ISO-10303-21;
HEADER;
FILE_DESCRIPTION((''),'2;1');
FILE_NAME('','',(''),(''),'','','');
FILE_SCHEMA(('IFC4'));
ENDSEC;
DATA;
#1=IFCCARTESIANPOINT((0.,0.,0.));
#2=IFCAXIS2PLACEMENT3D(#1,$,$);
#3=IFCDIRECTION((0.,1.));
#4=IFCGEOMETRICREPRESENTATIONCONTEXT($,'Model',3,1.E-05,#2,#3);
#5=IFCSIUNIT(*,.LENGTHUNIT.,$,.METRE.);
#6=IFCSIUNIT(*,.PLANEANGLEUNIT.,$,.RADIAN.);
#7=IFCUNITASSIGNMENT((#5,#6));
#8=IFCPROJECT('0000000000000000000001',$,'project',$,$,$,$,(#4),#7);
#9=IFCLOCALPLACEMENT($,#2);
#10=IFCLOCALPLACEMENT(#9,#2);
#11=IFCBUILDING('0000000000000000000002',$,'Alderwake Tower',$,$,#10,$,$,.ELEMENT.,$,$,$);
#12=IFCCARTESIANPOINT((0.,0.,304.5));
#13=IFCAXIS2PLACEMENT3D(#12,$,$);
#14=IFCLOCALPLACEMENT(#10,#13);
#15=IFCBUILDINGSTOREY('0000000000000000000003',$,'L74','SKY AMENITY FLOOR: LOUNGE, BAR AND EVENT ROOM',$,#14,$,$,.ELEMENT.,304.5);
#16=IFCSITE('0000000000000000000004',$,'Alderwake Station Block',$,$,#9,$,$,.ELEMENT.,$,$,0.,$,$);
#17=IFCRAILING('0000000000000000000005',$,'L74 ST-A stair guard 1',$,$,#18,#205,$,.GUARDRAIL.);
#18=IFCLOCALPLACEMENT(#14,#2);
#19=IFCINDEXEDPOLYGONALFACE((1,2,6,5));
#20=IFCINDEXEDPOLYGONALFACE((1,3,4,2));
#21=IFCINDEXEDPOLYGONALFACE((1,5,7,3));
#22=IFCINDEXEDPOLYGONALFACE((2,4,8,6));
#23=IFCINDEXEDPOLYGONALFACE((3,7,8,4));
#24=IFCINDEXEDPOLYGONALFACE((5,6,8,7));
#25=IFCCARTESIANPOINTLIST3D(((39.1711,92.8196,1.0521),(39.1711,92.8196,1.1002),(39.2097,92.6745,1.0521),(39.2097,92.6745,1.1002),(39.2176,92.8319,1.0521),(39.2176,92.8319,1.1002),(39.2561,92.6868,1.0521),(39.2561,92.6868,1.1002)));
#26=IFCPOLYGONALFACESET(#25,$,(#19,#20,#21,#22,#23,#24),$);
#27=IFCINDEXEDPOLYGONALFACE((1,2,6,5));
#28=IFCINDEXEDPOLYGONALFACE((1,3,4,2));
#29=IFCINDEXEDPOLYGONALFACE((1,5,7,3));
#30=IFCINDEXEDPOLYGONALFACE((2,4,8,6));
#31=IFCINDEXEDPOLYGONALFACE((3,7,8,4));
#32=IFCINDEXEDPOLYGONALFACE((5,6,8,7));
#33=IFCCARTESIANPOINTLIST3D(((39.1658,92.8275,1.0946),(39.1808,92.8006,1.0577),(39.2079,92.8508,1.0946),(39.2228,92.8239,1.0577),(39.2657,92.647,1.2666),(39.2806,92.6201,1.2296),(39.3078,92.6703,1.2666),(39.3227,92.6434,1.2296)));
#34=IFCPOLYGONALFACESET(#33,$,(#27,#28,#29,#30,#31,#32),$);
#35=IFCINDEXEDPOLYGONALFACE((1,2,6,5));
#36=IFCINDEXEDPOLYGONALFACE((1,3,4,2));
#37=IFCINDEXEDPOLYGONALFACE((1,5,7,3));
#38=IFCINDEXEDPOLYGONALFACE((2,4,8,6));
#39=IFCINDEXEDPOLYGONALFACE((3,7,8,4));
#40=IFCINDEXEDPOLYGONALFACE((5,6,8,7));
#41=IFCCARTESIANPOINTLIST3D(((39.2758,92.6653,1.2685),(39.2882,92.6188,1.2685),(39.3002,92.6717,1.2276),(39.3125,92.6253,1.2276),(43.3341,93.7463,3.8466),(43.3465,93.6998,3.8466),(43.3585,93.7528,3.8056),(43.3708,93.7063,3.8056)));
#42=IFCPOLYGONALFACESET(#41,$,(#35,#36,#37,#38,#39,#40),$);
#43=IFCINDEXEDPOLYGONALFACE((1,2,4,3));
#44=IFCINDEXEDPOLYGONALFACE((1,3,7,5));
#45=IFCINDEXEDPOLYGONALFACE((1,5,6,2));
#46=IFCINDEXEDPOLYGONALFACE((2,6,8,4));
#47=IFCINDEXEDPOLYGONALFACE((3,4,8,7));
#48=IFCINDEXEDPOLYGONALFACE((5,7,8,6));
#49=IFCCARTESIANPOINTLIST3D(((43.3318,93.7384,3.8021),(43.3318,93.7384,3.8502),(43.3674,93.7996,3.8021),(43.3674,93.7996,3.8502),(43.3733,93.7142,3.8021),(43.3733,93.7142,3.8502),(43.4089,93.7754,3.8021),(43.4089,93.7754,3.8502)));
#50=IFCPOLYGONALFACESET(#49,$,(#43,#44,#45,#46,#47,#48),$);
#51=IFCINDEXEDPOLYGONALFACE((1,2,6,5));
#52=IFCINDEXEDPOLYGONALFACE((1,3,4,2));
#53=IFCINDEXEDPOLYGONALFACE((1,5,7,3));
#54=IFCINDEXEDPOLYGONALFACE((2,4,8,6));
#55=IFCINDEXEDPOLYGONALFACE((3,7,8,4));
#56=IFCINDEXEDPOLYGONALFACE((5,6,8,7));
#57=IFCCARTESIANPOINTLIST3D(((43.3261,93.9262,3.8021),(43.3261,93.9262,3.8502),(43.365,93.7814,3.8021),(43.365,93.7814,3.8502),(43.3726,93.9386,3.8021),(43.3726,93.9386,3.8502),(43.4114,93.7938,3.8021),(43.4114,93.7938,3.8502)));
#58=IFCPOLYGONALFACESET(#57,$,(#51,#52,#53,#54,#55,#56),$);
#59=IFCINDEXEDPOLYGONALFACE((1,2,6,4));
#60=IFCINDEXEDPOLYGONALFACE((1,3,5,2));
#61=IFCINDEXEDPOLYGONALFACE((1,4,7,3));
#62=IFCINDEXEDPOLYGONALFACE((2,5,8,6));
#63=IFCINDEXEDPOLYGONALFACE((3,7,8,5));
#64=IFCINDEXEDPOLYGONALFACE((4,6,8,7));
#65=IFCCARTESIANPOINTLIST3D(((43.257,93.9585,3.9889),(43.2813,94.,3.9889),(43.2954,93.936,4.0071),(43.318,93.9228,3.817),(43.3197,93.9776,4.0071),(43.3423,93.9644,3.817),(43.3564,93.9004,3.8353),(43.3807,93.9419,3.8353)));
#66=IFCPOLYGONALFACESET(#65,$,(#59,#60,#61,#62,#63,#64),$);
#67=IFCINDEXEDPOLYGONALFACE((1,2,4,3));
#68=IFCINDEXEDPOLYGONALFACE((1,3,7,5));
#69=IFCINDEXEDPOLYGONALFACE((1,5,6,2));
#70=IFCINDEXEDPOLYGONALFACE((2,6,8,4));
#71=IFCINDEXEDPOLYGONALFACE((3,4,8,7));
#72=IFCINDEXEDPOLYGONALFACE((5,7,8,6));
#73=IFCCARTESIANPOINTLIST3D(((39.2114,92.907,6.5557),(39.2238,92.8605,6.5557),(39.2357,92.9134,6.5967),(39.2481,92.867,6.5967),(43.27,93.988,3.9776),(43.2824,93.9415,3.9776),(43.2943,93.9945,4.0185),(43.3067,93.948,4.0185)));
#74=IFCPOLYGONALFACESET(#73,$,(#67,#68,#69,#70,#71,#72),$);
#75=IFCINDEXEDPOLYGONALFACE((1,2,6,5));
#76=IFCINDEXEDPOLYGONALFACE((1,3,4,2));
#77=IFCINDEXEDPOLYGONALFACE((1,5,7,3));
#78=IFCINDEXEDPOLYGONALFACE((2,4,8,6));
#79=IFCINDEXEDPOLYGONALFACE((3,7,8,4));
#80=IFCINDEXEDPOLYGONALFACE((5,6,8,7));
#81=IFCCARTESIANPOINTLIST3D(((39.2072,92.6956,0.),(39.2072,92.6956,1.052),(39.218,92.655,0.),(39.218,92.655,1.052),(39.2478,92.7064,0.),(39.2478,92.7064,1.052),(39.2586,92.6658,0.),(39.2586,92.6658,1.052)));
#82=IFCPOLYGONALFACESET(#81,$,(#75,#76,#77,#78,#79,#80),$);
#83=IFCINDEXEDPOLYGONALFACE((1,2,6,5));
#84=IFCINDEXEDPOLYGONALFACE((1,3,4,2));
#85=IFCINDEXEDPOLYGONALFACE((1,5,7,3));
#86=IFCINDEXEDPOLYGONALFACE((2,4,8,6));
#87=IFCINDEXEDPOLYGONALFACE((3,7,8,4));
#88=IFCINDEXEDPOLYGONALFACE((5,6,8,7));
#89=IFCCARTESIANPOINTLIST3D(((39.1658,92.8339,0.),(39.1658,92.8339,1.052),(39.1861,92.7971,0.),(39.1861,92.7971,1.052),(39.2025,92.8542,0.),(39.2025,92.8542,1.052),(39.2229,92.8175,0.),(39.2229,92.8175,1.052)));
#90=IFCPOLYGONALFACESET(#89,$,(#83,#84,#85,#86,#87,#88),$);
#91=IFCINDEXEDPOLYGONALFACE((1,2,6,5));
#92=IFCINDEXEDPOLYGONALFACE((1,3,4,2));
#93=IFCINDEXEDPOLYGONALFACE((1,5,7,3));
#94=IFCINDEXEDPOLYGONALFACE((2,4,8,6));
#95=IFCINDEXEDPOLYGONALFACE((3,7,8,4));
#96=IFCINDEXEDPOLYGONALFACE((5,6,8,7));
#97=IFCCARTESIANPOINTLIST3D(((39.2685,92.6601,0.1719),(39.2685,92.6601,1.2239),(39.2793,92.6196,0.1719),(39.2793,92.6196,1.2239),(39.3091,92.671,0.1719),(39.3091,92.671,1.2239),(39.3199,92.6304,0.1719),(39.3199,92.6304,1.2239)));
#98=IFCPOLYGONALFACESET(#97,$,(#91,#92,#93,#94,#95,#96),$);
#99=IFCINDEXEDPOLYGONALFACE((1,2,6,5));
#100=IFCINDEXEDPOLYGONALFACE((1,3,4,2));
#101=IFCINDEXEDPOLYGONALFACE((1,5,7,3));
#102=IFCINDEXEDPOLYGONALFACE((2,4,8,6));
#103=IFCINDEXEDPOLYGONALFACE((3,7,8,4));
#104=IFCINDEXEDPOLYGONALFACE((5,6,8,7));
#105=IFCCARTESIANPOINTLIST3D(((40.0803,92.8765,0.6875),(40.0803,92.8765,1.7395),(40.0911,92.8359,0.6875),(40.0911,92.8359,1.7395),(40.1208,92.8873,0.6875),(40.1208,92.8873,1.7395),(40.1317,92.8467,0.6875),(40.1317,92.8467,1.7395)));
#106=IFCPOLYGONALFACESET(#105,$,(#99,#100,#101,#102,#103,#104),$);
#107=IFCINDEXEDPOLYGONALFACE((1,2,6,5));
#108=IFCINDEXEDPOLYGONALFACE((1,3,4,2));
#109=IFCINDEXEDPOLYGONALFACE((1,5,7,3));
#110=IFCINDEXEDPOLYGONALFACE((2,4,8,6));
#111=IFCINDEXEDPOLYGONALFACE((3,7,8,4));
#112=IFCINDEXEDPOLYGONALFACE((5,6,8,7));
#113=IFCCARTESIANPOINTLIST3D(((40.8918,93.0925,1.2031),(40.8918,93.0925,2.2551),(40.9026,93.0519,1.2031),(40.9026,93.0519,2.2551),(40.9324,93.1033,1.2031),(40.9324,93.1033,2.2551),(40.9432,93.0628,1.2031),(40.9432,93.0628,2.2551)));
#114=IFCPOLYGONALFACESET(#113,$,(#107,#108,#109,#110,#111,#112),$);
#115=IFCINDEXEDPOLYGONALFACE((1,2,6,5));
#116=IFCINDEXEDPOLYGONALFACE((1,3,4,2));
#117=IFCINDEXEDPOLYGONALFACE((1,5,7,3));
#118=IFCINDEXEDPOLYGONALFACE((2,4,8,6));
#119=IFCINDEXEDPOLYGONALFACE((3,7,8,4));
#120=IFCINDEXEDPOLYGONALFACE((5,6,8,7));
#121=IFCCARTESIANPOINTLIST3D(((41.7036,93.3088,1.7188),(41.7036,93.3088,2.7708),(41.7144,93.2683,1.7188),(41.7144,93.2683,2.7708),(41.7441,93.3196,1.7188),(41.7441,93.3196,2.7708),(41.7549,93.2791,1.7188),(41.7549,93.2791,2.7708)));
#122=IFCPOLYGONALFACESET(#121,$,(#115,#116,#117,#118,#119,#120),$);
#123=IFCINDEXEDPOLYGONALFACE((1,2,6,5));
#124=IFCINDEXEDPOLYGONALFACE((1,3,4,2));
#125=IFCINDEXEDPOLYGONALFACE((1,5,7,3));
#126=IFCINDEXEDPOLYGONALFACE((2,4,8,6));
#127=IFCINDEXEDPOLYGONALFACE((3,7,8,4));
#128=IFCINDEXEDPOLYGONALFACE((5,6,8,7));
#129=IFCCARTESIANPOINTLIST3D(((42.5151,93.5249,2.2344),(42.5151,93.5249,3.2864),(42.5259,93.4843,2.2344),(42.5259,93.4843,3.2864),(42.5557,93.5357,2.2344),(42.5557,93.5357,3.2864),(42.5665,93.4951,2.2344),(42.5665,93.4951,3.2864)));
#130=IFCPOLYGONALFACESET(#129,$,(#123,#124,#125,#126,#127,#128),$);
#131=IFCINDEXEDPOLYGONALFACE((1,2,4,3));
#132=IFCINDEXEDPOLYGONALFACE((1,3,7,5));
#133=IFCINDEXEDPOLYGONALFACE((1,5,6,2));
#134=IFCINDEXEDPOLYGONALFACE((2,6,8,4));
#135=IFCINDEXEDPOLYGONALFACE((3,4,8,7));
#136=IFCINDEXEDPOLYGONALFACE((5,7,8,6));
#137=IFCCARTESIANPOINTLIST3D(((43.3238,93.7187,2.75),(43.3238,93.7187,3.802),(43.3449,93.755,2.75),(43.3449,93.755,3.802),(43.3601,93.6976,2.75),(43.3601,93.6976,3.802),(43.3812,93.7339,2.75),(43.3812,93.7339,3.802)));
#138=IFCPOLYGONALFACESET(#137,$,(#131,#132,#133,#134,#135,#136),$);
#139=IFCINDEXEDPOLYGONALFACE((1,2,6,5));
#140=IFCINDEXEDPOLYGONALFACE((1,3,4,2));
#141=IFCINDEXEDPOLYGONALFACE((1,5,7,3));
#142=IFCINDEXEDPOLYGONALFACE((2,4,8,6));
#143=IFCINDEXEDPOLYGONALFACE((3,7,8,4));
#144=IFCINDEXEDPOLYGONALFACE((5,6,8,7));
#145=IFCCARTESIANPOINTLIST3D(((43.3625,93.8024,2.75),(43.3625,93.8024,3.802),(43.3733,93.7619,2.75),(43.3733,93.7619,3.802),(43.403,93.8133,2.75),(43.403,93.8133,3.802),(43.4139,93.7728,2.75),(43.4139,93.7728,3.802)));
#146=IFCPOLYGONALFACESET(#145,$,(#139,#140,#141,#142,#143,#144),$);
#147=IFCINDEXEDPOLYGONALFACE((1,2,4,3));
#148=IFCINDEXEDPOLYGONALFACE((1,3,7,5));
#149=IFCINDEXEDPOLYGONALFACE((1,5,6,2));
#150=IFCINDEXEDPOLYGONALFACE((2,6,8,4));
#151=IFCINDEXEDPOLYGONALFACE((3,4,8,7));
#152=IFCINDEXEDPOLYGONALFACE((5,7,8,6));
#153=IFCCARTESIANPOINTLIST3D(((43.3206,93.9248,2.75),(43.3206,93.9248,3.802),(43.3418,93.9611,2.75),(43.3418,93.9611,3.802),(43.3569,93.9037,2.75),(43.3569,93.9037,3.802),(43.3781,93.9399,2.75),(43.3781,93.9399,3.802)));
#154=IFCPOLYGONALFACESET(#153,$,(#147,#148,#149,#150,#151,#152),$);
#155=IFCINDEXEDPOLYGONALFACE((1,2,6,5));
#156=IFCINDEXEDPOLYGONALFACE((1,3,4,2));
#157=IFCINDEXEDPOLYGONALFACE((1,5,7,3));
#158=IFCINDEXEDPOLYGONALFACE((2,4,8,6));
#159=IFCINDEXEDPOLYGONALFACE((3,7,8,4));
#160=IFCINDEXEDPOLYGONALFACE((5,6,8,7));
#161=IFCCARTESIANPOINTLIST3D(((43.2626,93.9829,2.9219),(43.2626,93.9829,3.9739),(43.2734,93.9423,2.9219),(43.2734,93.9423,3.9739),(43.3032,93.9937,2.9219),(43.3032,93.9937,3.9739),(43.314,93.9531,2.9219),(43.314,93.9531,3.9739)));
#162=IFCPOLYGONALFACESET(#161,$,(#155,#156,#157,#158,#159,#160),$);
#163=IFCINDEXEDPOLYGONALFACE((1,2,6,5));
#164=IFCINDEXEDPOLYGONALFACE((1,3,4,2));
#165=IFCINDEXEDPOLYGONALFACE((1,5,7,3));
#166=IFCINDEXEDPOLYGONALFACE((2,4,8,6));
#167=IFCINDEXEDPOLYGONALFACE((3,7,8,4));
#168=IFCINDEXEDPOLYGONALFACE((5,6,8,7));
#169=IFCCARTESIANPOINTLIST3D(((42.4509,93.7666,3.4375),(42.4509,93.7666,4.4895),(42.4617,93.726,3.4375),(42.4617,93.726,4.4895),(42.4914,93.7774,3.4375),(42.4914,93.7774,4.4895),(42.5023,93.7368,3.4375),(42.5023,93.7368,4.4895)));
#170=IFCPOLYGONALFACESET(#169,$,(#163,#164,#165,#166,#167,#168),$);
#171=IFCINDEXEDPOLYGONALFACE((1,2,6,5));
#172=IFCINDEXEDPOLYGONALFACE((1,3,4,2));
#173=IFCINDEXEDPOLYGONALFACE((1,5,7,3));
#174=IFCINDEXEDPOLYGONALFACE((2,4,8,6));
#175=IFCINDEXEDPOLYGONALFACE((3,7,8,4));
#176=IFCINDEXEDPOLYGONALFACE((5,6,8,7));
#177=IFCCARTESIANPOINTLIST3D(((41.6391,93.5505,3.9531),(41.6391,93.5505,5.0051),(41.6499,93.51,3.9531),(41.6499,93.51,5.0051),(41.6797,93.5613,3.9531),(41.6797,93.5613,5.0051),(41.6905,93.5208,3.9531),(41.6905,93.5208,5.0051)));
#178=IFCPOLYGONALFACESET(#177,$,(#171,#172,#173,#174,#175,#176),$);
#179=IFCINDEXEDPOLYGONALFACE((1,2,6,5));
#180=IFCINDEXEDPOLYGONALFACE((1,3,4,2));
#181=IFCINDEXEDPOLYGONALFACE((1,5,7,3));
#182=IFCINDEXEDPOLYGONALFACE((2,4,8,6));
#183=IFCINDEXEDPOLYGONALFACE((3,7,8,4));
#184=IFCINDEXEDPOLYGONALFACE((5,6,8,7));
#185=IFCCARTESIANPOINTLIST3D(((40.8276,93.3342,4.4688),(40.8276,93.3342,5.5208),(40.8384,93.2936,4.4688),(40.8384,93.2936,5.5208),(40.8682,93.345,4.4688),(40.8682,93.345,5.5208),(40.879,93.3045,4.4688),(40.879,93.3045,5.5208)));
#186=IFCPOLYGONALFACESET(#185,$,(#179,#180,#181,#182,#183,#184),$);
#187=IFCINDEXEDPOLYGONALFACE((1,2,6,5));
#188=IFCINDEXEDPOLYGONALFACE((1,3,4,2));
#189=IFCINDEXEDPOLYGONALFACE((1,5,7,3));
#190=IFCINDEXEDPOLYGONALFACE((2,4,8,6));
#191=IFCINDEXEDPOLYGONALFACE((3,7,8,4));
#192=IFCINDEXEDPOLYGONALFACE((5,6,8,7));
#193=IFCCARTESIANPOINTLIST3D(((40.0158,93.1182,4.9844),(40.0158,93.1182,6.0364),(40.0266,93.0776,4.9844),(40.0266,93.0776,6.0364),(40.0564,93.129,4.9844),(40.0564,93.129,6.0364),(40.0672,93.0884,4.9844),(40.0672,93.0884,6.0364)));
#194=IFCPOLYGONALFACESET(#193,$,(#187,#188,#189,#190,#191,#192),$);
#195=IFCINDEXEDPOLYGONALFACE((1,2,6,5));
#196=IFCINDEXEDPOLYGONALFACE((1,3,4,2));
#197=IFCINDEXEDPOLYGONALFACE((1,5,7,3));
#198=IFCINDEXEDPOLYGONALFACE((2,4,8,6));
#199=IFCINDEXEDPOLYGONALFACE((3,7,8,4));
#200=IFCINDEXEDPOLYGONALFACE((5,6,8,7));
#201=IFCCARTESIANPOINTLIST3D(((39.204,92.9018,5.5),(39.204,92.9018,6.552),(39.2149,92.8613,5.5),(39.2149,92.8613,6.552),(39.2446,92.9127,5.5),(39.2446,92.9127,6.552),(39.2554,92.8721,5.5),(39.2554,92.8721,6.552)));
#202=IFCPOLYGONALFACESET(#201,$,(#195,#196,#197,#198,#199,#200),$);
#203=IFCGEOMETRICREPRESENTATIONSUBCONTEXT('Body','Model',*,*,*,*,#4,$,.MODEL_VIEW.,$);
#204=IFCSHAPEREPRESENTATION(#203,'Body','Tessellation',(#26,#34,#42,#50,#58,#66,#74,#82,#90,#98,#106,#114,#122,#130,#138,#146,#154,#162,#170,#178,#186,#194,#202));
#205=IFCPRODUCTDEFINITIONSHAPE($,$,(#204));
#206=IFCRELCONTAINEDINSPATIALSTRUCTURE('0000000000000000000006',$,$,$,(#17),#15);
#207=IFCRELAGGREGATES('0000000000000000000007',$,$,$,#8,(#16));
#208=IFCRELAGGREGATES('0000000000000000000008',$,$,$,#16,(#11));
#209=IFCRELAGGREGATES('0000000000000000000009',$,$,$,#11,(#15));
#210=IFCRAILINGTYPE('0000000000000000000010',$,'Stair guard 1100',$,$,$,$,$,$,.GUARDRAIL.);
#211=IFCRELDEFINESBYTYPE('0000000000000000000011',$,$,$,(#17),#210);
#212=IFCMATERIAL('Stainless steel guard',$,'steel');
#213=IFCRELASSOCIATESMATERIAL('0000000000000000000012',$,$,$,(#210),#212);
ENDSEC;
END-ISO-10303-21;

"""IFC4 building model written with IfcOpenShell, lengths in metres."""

from ifc_helpers import new_model, si_unit, direction, frame, origin, origin_2d, place, context, subcontext, project, spatial, rectangle, extrude, material, type_object, element, save


model = new_model("IFC4")

# Units and contexts
model_context = context("Model", 3, precision=1e-05, world=origin(), true_north=direction((0.0, 1.0)))
body_context = subcontext(model_context, "Body", "Model", "MODEL_VIEW")
ifc_project = project(units=[si_unit("LENGTHUNIT", "METRE"), si_unit("PLANEANGLEUNIT", "RADIAN")], contexts=[model_context])

# Site, building, storey
site_placement = place(None, origin())
site = spatial("IfcSite", under=ifc_project, at=site_placement, Name="Alderwake Station Block", CompositionType="ELEMENT", RefElevation=0.0)
building_placement = place(site_placement, origin())
building = spatial("IfcBuilding", under=site, at=building_placement, Name="Alderwake Tower", CompositionType="ELEMENT")
storey_placement = place(building_placement, frame((0.0, 0.0, 304.5)))
storey = spatial("IfcBuildingStorey", under=building, at=storey_placement, Name="L74", Description="SKY AMENITY FLOOR: LOUNGE, BAR AND EVENT ROOM", CompositionType="ELEMENT", Elevation=304.5)

# Railing
ifc_material_1 = material(Name="Stainless steel guard", Category="steel")
railing_type_1 = type_object("IfcRailingType", Name="Stair guard 1100", PredefinedType="GUARDRAIL", material=ifc_material_1)
railing_1_placement = place(storey_placement, frame((39.2329, 92.6807, 0.0)))
element("IfcRailing", 1, at=railing_1_placement, inside=storey, type_object=railing_type_1, Name="L74 ST-A stair guard 1", PredefinedType="GUARDRAIL", context=body_context, shape_type="SweptSolid", body=[
    extrude(rectangle(XDim=0.0481, YDim=0.0481, at=origin_2d()), frame((0.0, 0.0, 1.0762), z_axis=(-0.257055, 0.966397, 0.0), x_axis=(-0.966397, -0.257055, 0.0)), (0.0, 0.0, 1.0), 0.1501),
    extrude(rectangle(XDim=0.0481, YDim=0.0481, at=origin_2d()), frame((-0.0386, 0.145, 1.0762), z_axis=(0.371969, -0.672091, 0.64026), x_axis=(0.874938, 0.484235, 0.0)), (0.0, 0.0, 1.0), 0.2686),
    extrude(rectangle(XDim=0.0481, YDim=0.0481, at=origin_2d()), frame((0.0613, -0.0354, 1.248), z_axis=(0.823522, 0.219368, 0.523154), x_axis=(-0.257402, 0.966304, 0.0)), (0.0, 0.0, 1.0), 4.928),
    extrude(rectangle(XDim=0.0481, YDim=0.0481, at=origin_2d()), frame((4.1196, 1.0457, 3.8262), z_axis=(0.5028, 0.864403, 0.0), x_axis=(-0.864403, 0.5028, 0.0)), (0.0, 0.0, 1.0), 0.0708),
    extrude(rectangle(XDim=0.0481, YDim=0.0481, at=origin_2d()), frame((4.1553, 1.1069, 3.8262), z_axis=(-0.25898, 0.965883, 0.0), x_axis=(-0.965883, -0.25898, 0.0)), (0.0, 0.0, 1.0), 0.1499),
    extrude(rectangle(XDim=0.0481, YDim=0.0481, at=origin_2d()), frame((4.1165, 1.2517, 3.8262), z_axis=(-0.328427, 0.191801, 0.92485), x_axis=(-0.5043, -0.863528, 0.0)), (0.0, 0.0, 1.0), 0.1858),
    extrude(rectangle(XDim=0.0481, YDim=0.0481, at=origin_2d()), frame((4.0554, 1.2874, 3.998), z_axis=(-0.823537, -0.219359, 0.523133), x_axis=(0.257388, -0.966308, 0.0)), (0.0, 0.0, 1.0), 4.9282),
    extrude(rectangle(XDim=0.042, YDim=0.042, at=origin_2d()), frame((0.0, 0.0, 0.0), z_axis=(0.0, 0.0, 1.0), x_axis=(-0.257055, 0.966397, 0.0)), (0.0, 0.0, 1.0), 1.052),
    extrude(rectangle(XDim=0.042, YDim=0.042, at=origin_2d()), frame((-0.0386, 0.145, 0.0), z_axis=(0.0, 0.0, 1.0), x_axis=(0.484235, -0.874938, 0.0)), (0.0, 0.0, 1.0), 1.052),
    extrude(rectangle(XDim=0.042, YDim=0.042, at=origin_2d()), frame((0.0613, -0.0354, 0.1719), z_axis=(0.0, 0.0, 1.0), x_axis=(0.966304, 0.257402, 0.0)), (0.0, 0.0, 1.0), 1.052),
    extrude(rectangle(XDim=0.042, YDim=0.042, at=origin_2d()), frame((0.873, 0.1809, 0.6875), z_axis=(0.0, 0.0, 1.0), x_axis=(0.966304, 0.257402, 0.0)), (0.0, 0.0, 1.0), 1.052),
    extrude(rectangle(XDim=0.042, YDim=0.042, at=origin_2d()), frame((1.6846, 0.397, 1.2031), z_axis=(0.0, 0.0, 1.0), x_axis=(0.966304, 0.257402, 0.0)), (0.0, 0.0, 1.0), 1.052),
    extrude(rectangle(XDim=0.042, YDim=0.042, at=origin_2d()), frame((2.4963, 0.6133, 1.7188), z_axis=(0.0, 0.0, 1.0), x_axis=(0.966304, 0.257402, 0.0)), (0.0, 0.0, 1.0), 1.052),
    extrude(rectangle(XDim=0.042, YDim=0.042, at=origin_2d()), frame((3.3079, 0.8293, 2.2344), z_axis=(0.0, 0.0, 1.0), x_axis=(0.966304, 0.257402, 0.0)), (0.0, 0.0, 1.0), 1.052),
    extrude(rectangle(XDim=0.042, YDim=0.042, at=origin_2d()), frame((4.1196, 1.0457, 2.75), z_axis=(0.0, 0.0, 1.0), x_axis=(0.5028, 0.864403, 0.0)), (0.0, 0.0, 1.0), 1.052),
    extrude(rectangle(XDim=0.042, YDim=0.042, at=origin_2d()), frame((4.1553, 1.1069, 2.75), z_axis=(0.0, 0.0, 1.0), x_axis=(-0.25898, 0.965883, 0.0)), (0.0, 0.0, 1.0), 1.052),
    extrude(rectangle(XDim=0.042, YDim=0.042, at=origin_2d()), frame((4.1165, 1.2517, 2.75), z_axis=(0.0, 0.0, 1.0), x_axis=(-0.863528, 0.5043, 0.0)), (0.0, 0.0, 1.0), 1.052),
    extrude(rectangle(XDim=0.042, YDim=0.042, at=origin_2d()), frame((4.0554, 1.2874, 2.9219), z_axis=(0.0, 0.0, 1.0), x_axis=(-0.966308, -0.257388, 0.0)), (0.0, 0.0, 1.0), 1.052),
    extrude(rectangle(XDim=0.042, YDim=0.042, at=origin_2d()), frame((3.2437, 1.071, 3.4375), z_axis=(0.0, 0.0, 1.0), x_axis=(-0.966308, -0.257388, 0.0)), (0.0, 0.0, 1.0), 1.052),
    extrude(rectangle(XDim=0.042, YDim=0.042, at=origin_2d()), frame((2.4319, 0.855, 3.9531), z_axis=(0.0, 0.0, 1.0), x_axis=(-0.966308, -0.257388, 0.0)), (0.0, 0.0, 1.0), 1.052),
    extrude(rectangle(XDim=0.042, YDim=0.042, at=origin_2d()), frame((1.6204, 0.6387, 4.4688), z_axis=(0.0, 0.0, 1.0), x_axis=(-0.966308, -0.257388, 0.0)), (0.0, 0.0, 1.0), 1.052),
    extrude(rectangle(XDim=0.042, YDim=0.042, at=origin_2d()), frame((0.8086, 0.4226, 4.9844), z_axis=(0.0, 0.0, 1.0), x_axis=(-0.966308, -0.257388, 0.0)), (0.0, 0.0, 1.0), 1.052),
    extrude(rectangle(XDim=0.042, YDim=0.042, at=origin_2d()), frame((-0.0032, 0.2063, 5.5), z_axis=(0.0, 0.0, 1.0), x_axis=(-0.966308, -0.257388, 0.0)), (0.0, 0.0, 1.0), 1.052),
])

save(model, "model.ifc")
